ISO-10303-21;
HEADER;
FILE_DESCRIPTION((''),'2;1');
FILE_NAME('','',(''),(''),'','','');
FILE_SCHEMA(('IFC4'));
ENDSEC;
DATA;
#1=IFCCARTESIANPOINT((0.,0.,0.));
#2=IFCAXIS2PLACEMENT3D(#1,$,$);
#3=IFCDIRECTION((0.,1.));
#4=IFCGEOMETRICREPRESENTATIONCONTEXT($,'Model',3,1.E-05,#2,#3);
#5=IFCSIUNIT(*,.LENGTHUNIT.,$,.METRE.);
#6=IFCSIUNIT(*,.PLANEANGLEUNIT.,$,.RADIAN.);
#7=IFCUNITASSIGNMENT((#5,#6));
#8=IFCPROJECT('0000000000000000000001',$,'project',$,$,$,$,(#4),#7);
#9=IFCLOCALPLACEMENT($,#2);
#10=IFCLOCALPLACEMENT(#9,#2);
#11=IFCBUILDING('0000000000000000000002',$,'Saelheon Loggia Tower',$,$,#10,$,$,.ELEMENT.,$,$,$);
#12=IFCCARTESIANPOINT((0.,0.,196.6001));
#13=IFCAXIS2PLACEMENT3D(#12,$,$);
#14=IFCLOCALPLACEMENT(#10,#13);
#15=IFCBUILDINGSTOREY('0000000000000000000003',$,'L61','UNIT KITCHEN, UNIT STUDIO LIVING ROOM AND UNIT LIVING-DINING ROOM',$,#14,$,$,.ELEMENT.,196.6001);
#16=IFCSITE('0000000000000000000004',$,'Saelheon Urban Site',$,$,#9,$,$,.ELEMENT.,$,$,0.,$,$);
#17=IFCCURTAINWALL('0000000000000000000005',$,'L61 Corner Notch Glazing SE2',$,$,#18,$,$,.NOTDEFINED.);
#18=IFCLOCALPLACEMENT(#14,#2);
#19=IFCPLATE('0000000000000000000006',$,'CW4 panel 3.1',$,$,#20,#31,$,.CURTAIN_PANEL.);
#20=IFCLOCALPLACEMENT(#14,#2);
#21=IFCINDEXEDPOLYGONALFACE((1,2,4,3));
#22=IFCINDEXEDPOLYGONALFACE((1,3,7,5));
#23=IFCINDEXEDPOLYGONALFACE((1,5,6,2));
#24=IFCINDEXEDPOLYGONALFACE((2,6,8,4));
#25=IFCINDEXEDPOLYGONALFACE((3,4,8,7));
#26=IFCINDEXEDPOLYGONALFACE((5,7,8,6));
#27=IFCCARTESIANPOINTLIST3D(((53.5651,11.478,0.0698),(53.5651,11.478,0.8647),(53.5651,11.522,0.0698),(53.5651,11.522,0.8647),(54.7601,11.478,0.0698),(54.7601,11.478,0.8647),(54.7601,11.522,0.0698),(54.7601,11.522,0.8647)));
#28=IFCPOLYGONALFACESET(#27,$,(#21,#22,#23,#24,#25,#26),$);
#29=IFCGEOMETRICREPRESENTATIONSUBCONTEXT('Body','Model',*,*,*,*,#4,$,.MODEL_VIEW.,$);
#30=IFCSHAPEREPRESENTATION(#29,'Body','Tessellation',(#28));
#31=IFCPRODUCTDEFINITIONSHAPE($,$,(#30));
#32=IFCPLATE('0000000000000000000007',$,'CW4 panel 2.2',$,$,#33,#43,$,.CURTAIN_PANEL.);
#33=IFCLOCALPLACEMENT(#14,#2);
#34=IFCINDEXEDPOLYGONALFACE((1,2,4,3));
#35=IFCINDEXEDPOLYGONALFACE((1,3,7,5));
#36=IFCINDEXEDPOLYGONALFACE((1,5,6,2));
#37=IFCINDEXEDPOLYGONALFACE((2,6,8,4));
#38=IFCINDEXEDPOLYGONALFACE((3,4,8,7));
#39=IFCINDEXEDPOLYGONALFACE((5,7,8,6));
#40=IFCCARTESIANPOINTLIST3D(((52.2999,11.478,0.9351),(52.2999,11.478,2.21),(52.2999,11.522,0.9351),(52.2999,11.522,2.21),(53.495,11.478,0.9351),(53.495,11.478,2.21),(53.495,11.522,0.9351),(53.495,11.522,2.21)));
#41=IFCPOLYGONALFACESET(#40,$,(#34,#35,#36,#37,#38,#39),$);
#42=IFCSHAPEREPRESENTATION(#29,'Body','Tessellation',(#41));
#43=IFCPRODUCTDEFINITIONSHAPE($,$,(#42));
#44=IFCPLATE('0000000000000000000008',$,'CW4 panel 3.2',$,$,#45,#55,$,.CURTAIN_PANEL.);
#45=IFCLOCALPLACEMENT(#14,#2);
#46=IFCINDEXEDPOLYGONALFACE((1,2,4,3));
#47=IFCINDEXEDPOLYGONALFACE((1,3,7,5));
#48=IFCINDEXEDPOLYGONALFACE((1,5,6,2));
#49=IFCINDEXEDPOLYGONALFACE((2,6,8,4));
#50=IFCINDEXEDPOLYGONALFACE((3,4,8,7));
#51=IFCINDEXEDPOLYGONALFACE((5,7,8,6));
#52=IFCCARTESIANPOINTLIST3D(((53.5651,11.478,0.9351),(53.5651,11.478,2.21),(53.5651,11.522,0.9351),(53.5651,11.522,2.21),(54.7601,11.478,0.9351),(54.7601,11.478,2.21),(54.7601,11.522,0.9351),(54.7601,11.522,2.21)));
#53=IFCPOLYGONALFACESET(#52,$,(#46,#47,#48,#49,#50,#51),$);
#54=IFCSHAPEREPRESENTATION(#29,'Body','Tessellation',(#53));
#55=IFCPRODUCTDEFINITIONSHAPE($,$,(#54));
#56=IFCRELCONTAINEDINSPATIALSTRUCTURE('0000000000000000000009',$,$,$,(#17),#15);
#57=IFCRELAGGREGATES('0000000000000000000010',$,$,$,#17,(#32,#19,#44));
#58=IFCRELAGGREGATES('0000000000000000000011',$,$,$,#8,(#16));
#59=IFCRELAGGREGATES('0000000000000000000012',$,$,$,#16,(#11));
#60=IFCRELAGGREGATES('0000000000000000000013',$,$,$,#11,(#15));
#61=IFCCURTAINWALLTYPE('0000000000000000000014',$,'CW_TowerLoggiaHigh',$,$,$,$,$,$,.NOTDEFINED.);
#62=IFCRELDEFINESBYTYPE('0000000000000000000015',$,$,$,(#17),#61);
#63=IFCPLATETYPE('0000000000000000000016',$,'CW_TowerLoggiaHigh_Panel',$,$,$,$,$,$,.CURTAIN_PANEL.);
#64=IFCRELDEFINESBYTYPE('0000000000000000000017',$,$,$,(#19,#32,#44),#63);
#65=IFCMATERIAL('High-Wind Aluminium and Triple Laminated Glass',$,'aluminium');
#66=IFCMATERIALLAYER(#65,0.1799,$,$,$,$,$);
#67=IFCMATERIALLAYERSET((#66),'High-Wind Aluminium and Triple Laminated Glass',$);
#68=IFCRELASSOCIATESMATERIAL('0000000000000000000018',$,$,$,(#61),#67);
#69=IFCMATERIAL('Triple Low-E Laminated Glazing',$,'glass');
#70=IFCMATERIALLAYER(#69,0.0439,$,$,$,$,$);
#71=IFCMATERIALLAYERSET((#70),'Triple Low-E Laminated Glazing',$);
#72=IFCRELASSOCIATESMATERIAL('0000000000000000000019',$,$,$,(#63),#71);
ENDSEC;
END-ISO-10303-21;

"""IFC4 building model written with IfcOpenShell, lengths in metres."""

from ifc_helpers import new_model, si_unit, direction, frame, origin, origin_2d, place, context, subcontext, project, spatial, rectangle, extrude, source, transform, mapped, material, layer, layer_set, type_object, element, aggregate, save


model = new_model("IFC4")

# Units and contexts
model_context = context("Model", 3, precision=1e-05, world=origin(), true_north=direction((0.0, 1.0)))
body_context = subcontext(model_context, "Body", "Model", "MODEL_VIEW")
ifc_project = project(units=[si_unit("LENGTHUNIT", "METRE"), si_unit("PLANEANGLEUNIT", "RADIAN")], contexts=[model_context])

# Site, building, storey
site_placement = place(None, origin())
site = spatial("IfcSite", under=ifc_project, at=site_placement, Name="Saelheon Urban Site", CompositionType="ELEMENT", RefElevation=0.0)
building_placement = place(site_placement, origin())
building = spatial("IfcBuilding", under=site, at=building_placement, Name="Saelheon Loggia Tower", CompositionType="ELEMENT")
storey_placement = place(building_placement, frame((0.0, 0.0, 196.6001)))
storey = spatial("IfcBuildingStorey", under=building, at=storey_placement, Name="L61", Description="UNIT KITCHEN, UNIT STUDIO LIVING ROOM AND UNIT LIVING-DINING ROOM", CompositionType="ELEMENT", Elevation=196.6001)

# Curtain wall, plates
ifc_material_1 = material(Name="High-Wind Aluminium and Triple Laminated Glass", Category="aluminium")
ifc_layer_1 = layer(ifc_material_1, 0.1799)
ifc_layer_set_1 = layer_set([ifc_layer_1], Name="High-Wind Aluminium and Triple Laminated Glass")
curtain_wall_type = type_object("IfcCurtainWallType", Name="CW_TowerLoggiaHigh", PredefinedType="NOTDEFINED", material=ifc_layer_set_1)
curtain_wall_placement = place(storey_placement, origin())
curtain_wall = element("IfcCurtainWall", 1, at=curtain_wall_placement, inside=storey, type_object=curtain_wall_type, Name="L61 Corner Notch Glazing SE2", PredefinedType="NOTDEFINED")
ifc_material_2 = material(Name="Triple Low-E Laminated Glazing", Category="glass")
ifc_layer_2 = layer(ifc_material_2, 0.0439)
ifc_layer_set_2 = layer_set([ifc_layer_2], Name="Triple Low-E Laminated Glazing")
plate_type = type_object("IfcPlateType", Name="CW_TowerLoggiaHigh_Panel", PredefinedType="CURTAIN_PANEL", material=ifc_layer_set_2)
shared_shape_1 = source(origin(), body_context, "Body", "SweptSolid", [
    extrude(rectangle(XDim=1.1951, YDim=0.0439, at=origin_2d()), origin(), (0.0, 0.0, 1.0), 0.7949),
])
plate_1_placement = place(storey_placement, frame((54.1626, 11.5, 0.0698), z_axis=(0.0, 0.0, 1.0), x_axis=(1.0, 0.0, 0.0)))
plate_1 = element("IfcPlate", 2, at=plate_1_placement, type_object=plate_type, Name="CW4 panel 3.1", PredefinedType="CURTAIN_PANEL", context=body_context, shape_type="MappedRepresentation", body=[
    mapped(shared_shape_1, transform((0.0, 0.0, 0.0), scale=1.0)),
])
shared_shape_2 = source(origin(), body_context, "Body", "SweptSolid", [
    extrude(rectangle(XDim=1.1951, YDim=0.0439, at=origin_2d()), origin(), (0.0, 0.0, 1.0), 1.2749),
])
plate_2_placement = place(storey_placement, frame((52.8975, 11.5, 0.9351), z_axis=(0.0, 0.0, 1.0), x_axis=(1.0, 0.0, 0.0)))
plate_2 = element("IfcPlate", 3, at=plate_2_placement, type_object=plate_type, Name="CW4 panel 2.2", PredefinedType="CURTAIN_PANEL", context=body_context, shape_type="MappedRepresentation", body=[
    mapped(shared_shape_2, transform((0.0, 0.0, 0.0), scale=1.0)),
])
plate_3_placement = place(storey_placement, frame((54.1626, 11.5, 0.9351), z_axis=(0.0, 0.0, 1.0), x_axis=(1.0, 0.0, 0.0)))
plate_3 = element("IfcPlate", 4, at=plate_3_placement, type_object=plate_type, Name="CW4 panel 3.2", PredefinedType="CURTAIN_PANEL", context=body_context, shape_type="MappedRepresentation", body=[
    mapped(shared_shape_2, transform((0.0, 0.0, 0.0), scale=1.0)),
])
aggregate(curtain_wall, [plate_2, plate_1, plate_3])

save(model, "model.ifc")
